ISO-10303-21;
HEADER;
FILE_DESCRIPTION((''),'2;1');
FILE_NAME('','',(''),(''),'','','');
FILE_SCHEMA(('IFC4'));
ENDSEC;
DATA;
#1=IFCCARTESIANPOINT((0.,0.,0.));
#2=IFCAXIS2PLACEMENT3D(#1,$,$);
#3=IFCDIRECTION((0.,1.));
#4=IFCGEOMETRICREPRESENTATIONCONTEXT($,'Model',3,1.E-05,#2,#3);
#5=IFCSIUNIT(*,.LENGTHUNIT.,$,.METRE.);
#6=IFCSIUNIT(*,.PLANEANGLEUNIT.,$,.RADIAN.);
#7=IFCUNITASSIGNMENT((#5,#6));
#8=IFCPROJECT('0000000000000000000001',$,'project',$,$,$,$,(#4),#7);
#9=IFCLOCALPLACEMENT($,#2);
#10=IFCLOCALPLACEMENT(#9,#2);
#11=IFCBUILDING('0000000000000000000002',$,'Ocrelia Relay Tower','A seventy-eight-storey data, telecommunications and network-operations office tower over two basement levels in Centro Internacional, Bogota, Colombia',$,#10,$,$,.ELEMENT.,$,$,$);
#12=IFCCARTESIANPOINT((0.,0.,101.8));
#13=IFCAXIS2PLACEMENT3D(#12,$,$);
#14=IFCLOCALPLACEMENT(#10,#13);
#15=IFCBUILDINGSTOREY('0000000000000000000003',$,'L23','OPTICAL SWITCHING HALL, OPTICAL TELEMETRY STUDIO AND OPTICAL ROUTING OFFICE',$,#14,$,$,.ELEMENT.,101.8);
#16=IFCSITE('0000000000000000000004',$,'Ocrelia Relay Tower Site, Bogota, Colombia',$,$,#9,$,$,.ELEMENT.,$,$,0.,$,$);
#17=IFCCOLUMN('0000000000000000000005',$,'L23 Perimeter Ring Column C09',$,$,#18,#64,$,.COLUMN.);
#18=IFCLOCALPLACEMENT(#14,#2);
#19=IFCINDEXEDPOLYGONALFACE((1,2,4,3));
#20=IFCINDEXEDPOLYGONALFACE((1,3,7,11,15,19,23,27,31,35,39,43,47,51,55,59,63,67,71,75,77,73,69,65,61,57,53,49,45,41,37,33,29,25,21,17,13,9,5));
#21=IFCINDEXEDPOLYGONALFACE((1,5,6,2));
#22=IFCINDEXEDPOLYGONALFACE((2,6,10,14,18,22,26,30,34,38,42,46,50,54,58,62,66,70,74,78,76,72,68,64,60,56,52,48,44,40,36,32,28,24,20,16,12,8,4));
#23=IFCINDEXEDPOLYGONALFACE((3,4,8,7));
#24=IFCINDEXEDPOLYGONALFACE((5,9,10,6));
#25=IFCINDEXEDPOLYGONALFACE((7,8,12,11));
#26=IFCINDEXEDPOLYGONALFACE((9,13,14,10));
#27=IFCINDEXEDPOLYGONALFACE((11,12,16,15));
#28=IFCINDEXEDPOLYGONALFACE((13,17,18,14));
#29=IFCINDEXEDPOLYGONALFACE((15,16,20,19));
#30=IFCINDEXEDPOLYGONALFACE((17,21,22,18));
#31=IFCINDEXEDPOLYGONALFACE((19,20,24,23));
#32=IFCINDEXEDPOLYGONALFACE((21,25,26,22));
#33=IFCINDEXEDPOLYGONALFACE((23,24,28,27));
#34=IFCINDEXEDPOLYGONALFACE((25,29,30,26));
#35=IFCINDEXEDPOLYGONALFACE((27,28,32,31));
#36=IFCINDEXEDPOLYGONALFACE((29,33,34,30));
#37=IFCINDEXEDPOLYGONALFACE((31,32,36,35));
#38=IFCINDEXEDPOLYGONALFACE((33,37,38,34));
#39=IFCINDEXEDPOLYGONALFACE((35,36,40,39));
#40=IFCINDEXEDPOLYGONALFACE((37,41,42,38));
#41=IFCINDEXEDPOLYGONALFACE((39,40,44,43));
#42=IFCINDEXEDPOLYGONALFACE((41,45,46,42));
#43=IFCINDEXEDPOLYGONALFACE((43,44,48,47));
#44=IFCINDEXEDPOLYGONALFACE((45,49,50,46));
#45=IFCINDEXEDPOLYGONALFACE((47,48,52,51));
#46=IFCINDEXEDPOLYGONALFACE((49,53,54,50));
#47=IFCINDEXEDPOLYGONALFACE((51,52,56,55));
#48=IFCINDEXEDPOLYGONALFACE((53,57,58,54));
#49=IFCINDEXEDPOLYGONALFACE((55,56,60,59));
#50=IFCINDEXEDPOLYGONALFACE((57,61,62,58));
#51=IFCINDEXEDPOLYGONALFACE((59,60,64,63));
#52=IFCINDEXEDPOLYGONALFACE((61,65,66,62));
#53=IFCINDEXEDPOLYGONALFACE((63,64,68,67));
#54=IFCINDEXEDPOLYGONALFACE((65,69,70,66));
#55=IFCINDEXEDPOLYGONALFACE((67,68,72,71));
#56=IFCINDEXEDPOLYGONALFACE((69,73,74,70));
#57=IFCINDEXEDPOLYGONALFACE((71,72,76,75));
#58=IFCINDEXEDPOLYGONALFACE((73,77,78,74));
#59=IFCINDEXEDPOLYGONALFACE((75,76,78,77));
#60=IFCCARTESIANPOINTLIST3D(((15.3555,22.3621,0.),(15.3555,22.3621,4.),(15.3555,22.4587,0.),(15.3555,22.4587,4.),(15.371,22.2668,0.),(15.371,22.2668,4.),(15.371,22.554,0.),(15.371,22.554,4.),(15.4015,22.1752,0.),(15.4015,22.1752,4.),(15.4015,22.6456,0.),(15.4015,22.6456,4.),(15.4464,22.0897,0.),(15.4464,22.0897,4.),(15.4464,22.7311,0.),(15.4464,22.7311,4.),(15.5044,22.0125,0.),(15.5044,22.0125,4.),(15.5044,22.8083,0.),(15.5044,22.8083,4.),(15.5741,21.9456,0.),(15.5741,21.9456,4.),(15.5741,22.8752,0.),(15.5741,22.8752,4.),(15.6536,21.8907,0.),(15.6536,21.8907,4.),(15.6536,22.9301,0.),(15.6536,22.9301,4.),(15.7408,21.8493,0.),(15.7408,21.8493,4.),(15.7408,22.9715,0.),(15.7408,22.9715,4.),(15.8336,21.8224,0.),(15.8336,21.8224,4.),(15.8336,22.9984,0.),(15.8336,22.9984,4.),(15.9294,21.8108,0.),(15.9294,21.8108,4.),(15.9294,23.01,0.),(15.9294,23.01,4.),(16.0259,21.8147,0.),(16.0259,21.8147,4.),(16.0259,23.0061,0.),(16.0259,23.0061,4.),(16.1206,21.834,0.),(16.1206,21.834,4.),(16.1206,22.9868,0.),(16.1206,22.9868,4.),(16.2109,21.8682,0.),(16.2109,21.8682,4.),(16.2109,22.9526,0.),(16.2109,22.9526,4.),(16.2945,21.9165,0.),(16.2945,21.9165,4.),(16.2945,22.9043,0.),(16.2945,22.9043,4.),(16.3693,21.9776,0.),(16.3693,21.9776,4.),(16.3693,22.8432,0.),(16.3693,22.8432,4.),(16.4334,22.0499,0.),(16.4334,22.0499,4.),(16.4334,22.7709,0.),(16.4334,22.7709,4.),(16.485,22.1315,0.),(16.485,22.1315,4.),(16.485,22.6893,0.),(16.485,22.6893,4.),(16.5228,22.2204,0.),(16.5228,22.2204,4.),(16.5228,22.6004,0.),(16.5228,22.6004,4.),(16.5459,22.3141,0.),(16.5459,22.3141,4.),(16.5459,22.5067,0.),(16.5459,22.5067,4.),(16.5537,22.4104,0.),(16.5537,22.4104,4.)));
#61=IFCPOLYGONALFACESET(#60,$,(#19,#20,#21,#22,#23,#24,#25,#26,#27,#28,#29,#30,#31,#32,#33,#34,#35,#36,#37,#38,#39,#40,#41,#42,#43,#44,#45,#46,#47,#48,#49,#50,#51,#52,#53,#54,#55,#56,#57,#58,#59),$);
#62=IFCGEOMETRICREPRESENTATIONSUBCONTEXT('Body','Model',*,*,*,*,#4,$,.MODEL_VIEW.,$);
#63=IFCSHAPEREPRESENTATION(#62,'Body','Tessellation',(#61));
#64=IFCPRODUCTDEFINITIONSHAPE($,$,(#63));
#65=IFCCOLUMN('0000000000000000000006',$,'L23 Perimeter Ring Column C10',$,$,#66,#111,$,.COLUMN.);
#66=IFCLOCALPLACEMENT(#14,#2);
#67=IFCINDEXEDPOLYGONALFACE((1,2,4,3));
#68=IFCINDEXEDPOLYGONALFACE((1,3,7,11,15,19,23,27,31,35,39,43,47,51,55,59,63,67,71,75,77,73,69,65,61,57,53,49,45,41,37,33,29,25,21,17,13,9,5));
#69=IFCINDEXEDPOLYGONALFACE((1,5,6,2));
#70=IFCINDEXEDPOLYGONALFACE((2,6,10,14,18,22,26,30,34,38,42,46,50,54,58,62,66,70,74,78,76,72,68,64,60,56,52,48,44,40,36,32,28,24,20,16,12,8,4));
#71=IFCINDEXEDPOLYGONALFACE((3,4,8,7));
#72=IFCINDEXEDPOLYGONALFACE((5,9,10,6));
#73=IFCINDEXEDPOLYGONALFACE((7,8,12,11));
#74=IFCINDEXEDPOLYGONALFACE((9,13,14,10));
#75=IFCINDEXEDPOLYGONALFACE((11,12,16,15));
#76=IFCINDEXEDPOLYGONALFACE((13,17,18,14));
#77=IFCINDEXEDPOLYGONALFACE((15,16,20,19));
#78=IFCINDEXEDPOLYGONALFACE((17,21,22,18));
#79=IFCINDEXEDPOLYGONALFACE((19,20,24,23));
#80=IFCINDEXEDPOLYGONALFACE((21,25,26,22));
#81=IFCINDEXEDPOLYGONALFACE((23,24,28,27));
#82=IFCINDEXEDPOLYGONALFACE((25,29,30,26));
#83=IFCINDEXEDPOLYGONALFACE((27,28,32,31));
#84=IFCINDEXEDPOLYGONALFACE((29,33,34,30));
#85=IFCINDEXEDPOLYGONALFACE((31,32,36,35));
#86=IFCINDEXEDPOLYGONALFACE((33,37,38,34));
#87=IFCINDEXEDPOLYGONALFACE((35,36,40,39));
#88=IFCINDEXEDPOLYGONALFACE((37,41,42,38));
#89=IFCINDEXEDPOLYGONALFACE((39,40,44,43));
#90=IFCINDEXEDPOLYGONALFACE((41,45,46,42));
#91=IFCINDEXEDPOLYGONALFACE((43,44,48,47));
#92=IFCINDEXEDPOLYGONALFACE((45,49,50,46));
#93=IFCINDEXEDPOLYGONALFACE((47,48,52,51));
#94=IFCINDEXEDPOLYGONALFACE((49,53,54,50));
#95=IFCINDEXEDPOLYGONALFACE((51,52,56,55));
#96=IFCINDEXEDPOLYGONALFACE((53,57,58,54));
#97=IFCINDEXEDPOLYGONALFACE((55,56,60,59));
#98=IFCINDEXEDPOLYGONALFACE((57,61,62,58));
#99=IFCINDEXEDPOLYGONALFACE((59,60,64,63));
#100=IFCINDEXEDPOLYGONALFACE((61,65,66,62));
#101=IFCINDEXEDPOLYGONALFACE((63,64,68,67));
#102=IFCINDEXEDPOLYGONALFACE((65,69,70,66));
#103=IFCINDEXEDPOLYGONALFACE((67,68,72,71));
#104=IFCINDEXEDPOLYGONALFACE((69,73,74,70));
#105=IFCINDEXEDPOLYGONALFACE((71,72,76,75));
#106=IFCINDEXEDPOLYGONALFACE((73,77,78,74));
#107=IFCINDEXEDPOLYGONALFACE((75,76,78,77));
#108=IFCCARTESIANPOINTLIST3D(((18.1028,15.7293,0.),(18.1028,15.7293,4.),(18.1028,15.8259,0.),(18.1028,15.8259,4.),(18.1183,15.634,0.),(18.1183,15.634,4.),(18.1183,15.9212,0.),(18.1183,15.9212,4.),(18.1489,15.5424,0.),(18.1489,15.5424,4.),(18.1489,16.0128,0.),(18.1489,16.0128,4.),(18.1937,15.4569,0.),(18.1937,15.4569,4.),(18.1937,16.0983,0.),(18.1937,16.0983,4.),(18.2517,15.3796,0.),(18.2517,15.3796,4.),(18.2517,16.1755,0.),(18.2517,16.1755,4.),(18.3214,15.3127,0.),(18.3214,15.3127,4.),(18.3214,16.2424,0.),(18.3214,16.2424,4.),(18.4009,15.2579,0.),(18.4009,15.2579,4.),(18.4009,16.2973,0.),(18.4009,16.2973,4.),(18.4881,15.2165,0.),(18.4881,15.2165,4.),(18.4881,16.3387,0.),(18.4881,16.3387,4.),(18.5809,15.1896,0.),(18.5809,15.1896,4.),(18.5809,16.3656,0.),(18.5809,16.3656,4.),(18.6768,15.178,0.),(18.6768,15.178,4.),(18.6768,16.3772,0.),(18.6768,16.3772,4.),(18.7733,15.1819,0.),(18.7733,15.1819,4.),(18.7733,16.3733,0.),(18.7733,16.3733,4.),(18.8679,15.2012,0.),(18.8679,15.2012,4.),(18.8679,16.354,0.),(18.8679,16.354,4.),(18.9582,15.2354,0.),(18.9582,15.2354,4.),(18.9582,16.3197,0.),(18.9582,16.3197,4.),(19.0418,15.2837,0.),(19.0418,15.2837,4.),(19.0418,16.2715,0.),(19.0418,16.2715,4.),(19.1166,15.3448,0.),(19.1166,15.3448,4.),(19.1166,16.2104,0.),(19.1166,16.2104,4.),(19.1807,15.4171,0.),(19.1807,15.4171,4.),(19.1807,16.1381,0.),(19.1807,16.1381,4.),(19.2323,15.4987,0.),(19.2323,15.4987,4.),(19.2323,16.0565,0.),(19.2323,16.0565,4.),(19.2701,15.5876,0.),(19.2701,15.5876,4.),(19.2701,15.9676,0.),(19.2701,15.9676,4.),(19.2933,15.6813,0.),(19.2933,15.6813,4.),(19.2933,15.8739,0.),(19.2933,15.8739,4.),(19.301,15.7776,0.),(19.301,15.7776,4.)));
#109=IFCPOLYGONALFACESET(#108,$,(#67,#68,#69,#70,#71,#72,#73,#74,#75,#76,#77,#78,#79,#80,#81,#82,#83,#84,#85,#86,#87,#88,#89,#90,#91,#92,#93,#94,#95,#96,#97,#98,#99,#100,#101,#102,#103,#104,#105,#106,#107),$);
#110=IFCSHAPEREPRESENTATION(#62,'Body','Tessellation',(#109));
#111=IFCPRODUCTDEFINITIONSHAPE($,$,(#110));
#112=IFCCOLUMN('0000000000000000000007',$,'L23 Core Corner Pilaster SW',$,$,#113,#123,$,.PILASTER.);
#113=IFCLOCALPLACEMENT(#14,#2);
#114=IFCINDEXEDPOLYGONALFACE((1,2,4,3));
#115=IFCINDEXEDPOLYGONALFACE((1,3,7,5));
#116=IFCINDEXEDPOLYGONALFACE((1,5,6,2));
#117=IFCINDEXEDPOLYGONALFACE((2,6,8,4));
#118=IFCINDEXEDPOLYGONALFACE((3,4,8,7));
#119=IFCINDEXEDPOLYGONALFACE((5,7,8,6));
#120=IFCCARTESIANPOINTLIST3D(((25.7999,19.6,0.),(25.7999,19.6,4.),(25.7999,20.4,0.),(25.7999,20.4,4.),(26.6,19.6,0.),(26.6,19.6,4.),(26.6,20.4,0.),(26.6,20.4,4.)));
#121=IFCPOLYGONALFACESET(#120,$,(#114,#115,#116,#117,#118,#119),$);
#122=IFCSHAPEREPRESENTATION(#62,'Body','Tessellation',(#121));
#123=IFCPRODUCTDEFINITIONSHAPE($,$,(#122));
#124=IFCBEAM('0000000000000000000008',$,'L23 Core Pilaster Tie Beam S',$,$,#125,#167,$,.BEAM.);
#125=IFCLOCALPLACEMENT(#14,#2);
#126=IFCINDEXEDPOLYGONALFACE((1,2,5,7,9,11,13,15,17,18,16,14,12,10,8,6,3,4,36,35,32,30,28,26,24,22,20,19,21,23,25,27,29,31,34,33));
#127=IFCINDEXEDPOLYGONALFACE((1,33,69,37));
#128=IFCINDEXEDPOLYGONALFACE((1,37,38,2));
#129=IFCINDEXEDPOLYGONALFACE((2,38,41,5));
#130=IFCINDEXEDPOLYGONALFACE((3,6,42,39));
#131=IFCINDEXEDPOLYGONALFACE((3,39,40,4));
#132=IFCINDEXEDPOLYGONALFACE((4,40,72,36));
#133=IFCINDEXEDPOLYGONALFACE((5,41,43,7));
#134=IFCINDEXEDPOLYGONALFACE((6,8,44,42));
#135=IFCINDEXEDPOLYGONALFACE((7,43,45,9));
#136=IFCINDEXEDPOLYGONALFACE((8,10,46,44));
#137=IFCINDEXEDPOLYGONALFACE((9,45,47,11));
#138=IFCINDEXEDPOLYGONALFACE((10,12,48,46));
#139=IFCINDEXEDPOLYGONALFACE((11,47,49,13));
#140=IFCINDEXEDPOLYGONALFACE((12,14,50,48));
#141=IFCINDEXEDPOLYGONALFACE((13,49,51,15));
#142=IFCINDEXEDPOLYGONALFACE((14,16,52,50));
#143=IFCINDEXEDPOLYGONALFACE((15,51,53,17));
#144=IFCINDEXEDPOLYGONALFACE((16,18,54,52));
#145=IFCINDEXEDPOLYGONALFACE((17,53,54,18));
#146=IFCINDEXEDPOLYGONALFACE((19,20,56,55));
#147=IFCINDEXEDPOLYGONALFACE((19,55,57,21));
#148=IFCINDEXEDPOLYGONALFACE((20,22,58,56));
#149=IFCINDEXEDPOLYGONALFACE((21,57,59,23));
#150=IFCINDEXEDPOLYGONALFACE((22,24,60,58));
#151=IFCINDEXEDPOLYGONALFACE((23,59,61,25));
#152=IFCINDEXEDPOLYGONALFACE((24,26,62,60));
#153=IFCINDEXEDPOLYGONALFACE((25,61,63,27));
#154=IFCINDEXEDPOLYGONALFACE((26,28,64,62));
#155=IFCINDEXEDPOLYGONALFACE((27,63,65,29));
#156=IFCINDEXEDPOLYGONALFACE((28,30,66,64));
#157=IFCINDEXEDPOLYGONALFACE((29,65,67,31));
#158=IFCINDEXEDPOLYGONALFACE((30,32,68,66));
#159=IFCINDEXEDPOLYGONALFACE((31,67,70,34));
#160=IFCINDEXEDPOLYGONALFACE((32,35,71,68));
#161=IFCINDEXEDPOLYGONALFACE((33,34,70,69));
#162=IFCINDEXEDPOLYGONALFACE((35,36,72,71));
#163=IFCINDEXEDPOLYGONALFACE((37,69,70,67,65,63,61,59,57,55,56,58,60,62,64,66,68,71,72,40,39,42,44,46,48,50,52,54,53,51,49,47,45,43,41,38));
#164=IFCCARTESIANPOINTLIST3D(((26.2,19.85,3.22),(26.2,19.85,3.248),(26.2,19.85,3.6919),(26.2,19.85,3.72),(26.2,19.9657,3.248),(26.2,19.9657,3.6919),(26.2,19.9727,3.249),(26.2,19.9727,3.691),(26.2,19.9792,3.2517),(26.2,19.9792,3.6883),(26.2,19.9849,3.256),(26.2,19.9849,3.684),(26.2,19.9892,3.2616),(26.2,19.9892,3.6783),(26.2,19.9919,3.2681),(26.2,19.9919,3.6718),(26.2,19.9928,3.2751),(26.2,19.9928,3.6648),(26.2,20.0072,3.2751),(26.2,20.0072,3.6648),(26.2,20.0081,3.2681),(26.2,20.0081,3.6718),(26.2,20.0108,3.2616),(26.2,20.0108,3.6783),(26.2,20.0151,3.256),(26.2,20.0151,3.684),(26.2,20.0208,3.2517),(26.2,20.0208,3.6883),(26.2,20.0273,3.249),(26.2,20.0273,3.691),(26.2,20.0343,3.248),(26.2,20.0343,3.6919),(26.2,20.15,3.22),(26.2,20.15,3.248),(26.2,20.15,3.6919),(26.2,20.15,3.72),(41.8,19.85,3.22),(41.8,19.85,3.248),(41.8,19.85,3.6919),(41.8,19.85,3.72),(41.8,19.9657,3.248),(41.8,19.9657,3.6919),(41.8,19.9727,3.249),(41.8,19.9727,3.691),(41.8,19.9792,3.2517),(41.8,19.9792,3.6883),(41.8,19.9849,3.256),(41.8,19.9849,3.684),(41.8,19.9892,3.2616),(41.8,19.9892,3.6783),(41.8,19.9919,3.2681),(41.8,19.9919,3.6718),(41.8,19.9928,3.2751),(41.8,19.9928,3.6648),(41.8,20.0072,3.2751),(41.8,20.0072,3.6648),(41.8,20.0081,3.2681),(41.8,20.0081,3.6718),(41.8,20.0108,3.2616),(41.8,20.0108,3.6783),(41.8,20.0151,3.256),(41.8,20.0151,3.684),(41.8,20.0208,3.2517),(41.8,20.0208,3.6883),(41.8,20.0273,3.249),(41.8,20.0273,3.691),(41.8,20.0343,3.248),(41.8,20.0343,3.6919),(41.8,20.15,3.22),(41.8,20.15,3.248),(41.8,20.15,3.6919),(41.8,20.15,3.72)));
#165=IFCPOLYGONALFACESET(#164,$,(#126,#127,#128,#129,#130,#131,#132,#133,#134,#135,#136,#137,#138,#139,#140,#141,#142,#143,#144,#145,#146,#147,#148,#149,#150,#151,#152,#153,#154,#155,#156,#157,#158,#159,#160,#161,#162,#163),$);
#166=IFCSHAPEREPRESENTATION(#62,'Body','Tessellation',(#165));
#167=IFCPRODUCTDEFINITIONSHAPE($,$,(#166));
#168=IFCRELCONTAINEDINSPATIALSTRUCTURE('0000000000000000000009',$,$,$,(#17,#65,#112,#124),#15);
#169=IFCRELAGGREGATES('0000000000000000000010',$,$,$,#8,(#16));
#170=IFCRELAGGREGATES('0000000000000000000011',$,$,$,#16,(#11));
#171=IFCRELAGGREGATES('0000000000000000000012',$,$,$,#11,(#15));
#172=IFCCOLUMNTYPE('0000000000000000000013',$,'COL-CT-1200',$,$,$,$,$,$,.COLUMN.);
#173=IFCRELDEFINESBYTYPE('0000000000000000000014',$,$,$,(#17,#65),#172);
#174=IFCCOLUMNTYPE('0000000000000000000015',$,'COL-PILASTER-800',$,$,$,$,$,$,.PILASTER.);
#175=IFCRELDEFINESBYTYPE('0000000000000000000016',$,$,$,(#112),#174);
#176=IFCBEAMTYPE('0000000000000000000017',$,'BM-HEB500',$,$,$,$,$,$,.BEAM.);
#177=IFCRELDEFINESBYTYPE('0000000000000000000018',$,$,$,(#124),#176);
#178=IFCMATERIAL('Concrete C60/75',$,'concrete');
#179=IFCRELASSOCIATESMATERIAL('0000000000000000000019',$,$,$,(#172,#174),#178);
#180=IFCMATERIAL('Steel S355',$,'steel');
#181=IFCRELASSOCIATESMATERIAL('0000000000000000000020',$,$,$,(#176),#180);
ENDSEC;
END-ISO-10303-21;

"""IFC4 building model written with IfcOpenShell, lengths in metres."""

from ifc_helpers import new_model, si_unit, direction, frame, origin, origin_2d, place, context, subcontext, project, spatial, rectangle, circle, i_section, extrude, material, material_profile, profile_set, type_object, element, save


model = new_model("IFC4")

# Units and contexts
model_context = context("Model", 3, precision=1e-05, world=origin(), true_north=direction((0.0, 1.0)))
body_context = subcontext(model_context, "Body", "Model", "MODEL_VIEW")
ifc_project = project(units=[si_unit("LENGTHUNIT", "METRE"), si_unit("PLANEANGLEUNIT", "RADIAN")], contexts=[model_context])

# Site, building, storey
site_placement = place(None, origin())
site = spatial("IfcSite", under=ifc_project, at=site_placement, Name="Ocrelia Relay Tower Site, Bogota, Colombia", CompositionType="ELEMENT", RefElevation=0.0)
building_placement = place(site_placement, origin())
building = spatial("IfcBuilding", under=site, at=building_placement, Name="Ocrelia Relay Tower", Description="A seventy-eight-storey data, telecommunications and network-operations office tower over two basement levels in Centro Internacional, Bogota, Colombia", CompositionType="ELEMENT")
storey_placement = place(building_placement, frame((0.0, 0.0, 101.8)))
storey = spatial("IfcBuildingStorey", under=building, at=storey_placement, Name="L23", Description="OPTICAL SWITCHING HALL, OPTICAL TELEMETRY STUDIO AND OPTICAL ROUTING OFFICE", CompositionType="ELEMENT", Elevation=101.8)

# Columns
ifc_material_1 = material(Name="Concrete C60/75", Category="concrete")
ifc_material_profile_1 = material_profile(ifc_material_1, circle(Radius=0.6001, at=origin_2d()), Name="RC-CIR-1200")
ifc_profile_set_1 = profile_set([ifc_material_profile_1], Name="Concrete C60/75")
column_type_1 = type_object("IfcColumnType", Name="COL-CT-1200", PredefinedType="COLUMN", material=ifc_profile_set_1)
for number, where, z_axis, x_axis, name in (
    (1, (15.9536, 22.4104, 0.0), (0.0, 0.0, 1.0), (1.0, 0.0, 0.0), "L23 Perimeter Ring Column C09"),
    (2, (18.7009, 15.7776, 0.0), (0.0, 0.0, 1.0), (1.0, 0.0, 0.0), "L23 Perimeter Ring Column C10"),
):
    element("IfcColumn", number, at=place(storey_placement, frame(where, z_axis=z_axis, x_axis=x_axis)), inside=storey, type_object=column_type_1, Name=name, PredefinedType="COLUMN", context=body_context, shape_type="SweptSolid", body=[
        extrude(circle(Radius=0.6001, at=origin_2d()), origin(), (0.0, 0.0, 1.0), 4.0),
    ])
ifc_material_profile_2 = material_profile(ifc_material_1, rectangle(XDim=0.8, YDim=0.8, at=origin_2d()), Name="RC-COL-800x800")
ifc_profile_set_2 = profile_set([ifc_material_profile_2], Name="Concrete C60/75")
column_type_2 = type_object("IfcColumnType", Name="COL-PILASTER-800", PredefinedType="PILASTER", material=ifc_profile_set_2)
column_placement = place(storey_placement, frame((26.2, 20.0, 0.0), z_axis=(0.0, 0.0, 1.0), x_axis=(1.0, 0.0, 0.0)))
element("IfcColumn", 3, at=column_placement, inside=storey, type_object=column_type_2, Name="L23 Core Corner Pilaster SW", PredefinedType="PILASTER", context=body_context, shape_type="SweptSolid", body=[
    extrude(rectangle(XDim=0.8, YDim=0.8, at=origin_2d()), origin(), (0.0, 0.0, 1.0), 4.0),
])

# Beam
ifc_material_2 = material(Name="Steel S355", Category="steel")
ifc_material_profile_3 = material_profile(ifc_material_2, i_section(OverallWidth=0.3, OverallDepth=0.5, WebThickness=0.0144, FlangeThickness=0.0281, FilletRadius=0.0271, at=origin_2d()), Name="HEB 500")
ifc_profile_set_3 = profile_set([ifc_material_profile_3], Name="Steel S355")
beam_type_1 = type_object("IfcBeamType", Name="BM-HEB500", PredefinedType="BEAM", material=ifc_profile_set_3)
beam_1_placement = place(storey_placement, frame((26.2, 20.0, 3.47), z_axis=(1.0, 0.0, 0.0), x_axis=(0.0, 1.0, 0.0)))
element("IfcBeam", 4, at=beam_1_placement, inside=storey, type_object=beam_type_1, Name="L23 Core Pilaster Tie Beam S", PredefinedType="BEAM", context=body_context, shape_type="SweptSolid", body=[
    extrude(i_section(OverallWidth=0.3, OverallDepth=0.5, WebThickness=0.0144, FlangeThickness=0.0281, FilletRadius=0.0271, at=origin_2d()), origin(), (0.0, 0.0, 1.0), 15.6001),
])

save(model, "model.ifc")
